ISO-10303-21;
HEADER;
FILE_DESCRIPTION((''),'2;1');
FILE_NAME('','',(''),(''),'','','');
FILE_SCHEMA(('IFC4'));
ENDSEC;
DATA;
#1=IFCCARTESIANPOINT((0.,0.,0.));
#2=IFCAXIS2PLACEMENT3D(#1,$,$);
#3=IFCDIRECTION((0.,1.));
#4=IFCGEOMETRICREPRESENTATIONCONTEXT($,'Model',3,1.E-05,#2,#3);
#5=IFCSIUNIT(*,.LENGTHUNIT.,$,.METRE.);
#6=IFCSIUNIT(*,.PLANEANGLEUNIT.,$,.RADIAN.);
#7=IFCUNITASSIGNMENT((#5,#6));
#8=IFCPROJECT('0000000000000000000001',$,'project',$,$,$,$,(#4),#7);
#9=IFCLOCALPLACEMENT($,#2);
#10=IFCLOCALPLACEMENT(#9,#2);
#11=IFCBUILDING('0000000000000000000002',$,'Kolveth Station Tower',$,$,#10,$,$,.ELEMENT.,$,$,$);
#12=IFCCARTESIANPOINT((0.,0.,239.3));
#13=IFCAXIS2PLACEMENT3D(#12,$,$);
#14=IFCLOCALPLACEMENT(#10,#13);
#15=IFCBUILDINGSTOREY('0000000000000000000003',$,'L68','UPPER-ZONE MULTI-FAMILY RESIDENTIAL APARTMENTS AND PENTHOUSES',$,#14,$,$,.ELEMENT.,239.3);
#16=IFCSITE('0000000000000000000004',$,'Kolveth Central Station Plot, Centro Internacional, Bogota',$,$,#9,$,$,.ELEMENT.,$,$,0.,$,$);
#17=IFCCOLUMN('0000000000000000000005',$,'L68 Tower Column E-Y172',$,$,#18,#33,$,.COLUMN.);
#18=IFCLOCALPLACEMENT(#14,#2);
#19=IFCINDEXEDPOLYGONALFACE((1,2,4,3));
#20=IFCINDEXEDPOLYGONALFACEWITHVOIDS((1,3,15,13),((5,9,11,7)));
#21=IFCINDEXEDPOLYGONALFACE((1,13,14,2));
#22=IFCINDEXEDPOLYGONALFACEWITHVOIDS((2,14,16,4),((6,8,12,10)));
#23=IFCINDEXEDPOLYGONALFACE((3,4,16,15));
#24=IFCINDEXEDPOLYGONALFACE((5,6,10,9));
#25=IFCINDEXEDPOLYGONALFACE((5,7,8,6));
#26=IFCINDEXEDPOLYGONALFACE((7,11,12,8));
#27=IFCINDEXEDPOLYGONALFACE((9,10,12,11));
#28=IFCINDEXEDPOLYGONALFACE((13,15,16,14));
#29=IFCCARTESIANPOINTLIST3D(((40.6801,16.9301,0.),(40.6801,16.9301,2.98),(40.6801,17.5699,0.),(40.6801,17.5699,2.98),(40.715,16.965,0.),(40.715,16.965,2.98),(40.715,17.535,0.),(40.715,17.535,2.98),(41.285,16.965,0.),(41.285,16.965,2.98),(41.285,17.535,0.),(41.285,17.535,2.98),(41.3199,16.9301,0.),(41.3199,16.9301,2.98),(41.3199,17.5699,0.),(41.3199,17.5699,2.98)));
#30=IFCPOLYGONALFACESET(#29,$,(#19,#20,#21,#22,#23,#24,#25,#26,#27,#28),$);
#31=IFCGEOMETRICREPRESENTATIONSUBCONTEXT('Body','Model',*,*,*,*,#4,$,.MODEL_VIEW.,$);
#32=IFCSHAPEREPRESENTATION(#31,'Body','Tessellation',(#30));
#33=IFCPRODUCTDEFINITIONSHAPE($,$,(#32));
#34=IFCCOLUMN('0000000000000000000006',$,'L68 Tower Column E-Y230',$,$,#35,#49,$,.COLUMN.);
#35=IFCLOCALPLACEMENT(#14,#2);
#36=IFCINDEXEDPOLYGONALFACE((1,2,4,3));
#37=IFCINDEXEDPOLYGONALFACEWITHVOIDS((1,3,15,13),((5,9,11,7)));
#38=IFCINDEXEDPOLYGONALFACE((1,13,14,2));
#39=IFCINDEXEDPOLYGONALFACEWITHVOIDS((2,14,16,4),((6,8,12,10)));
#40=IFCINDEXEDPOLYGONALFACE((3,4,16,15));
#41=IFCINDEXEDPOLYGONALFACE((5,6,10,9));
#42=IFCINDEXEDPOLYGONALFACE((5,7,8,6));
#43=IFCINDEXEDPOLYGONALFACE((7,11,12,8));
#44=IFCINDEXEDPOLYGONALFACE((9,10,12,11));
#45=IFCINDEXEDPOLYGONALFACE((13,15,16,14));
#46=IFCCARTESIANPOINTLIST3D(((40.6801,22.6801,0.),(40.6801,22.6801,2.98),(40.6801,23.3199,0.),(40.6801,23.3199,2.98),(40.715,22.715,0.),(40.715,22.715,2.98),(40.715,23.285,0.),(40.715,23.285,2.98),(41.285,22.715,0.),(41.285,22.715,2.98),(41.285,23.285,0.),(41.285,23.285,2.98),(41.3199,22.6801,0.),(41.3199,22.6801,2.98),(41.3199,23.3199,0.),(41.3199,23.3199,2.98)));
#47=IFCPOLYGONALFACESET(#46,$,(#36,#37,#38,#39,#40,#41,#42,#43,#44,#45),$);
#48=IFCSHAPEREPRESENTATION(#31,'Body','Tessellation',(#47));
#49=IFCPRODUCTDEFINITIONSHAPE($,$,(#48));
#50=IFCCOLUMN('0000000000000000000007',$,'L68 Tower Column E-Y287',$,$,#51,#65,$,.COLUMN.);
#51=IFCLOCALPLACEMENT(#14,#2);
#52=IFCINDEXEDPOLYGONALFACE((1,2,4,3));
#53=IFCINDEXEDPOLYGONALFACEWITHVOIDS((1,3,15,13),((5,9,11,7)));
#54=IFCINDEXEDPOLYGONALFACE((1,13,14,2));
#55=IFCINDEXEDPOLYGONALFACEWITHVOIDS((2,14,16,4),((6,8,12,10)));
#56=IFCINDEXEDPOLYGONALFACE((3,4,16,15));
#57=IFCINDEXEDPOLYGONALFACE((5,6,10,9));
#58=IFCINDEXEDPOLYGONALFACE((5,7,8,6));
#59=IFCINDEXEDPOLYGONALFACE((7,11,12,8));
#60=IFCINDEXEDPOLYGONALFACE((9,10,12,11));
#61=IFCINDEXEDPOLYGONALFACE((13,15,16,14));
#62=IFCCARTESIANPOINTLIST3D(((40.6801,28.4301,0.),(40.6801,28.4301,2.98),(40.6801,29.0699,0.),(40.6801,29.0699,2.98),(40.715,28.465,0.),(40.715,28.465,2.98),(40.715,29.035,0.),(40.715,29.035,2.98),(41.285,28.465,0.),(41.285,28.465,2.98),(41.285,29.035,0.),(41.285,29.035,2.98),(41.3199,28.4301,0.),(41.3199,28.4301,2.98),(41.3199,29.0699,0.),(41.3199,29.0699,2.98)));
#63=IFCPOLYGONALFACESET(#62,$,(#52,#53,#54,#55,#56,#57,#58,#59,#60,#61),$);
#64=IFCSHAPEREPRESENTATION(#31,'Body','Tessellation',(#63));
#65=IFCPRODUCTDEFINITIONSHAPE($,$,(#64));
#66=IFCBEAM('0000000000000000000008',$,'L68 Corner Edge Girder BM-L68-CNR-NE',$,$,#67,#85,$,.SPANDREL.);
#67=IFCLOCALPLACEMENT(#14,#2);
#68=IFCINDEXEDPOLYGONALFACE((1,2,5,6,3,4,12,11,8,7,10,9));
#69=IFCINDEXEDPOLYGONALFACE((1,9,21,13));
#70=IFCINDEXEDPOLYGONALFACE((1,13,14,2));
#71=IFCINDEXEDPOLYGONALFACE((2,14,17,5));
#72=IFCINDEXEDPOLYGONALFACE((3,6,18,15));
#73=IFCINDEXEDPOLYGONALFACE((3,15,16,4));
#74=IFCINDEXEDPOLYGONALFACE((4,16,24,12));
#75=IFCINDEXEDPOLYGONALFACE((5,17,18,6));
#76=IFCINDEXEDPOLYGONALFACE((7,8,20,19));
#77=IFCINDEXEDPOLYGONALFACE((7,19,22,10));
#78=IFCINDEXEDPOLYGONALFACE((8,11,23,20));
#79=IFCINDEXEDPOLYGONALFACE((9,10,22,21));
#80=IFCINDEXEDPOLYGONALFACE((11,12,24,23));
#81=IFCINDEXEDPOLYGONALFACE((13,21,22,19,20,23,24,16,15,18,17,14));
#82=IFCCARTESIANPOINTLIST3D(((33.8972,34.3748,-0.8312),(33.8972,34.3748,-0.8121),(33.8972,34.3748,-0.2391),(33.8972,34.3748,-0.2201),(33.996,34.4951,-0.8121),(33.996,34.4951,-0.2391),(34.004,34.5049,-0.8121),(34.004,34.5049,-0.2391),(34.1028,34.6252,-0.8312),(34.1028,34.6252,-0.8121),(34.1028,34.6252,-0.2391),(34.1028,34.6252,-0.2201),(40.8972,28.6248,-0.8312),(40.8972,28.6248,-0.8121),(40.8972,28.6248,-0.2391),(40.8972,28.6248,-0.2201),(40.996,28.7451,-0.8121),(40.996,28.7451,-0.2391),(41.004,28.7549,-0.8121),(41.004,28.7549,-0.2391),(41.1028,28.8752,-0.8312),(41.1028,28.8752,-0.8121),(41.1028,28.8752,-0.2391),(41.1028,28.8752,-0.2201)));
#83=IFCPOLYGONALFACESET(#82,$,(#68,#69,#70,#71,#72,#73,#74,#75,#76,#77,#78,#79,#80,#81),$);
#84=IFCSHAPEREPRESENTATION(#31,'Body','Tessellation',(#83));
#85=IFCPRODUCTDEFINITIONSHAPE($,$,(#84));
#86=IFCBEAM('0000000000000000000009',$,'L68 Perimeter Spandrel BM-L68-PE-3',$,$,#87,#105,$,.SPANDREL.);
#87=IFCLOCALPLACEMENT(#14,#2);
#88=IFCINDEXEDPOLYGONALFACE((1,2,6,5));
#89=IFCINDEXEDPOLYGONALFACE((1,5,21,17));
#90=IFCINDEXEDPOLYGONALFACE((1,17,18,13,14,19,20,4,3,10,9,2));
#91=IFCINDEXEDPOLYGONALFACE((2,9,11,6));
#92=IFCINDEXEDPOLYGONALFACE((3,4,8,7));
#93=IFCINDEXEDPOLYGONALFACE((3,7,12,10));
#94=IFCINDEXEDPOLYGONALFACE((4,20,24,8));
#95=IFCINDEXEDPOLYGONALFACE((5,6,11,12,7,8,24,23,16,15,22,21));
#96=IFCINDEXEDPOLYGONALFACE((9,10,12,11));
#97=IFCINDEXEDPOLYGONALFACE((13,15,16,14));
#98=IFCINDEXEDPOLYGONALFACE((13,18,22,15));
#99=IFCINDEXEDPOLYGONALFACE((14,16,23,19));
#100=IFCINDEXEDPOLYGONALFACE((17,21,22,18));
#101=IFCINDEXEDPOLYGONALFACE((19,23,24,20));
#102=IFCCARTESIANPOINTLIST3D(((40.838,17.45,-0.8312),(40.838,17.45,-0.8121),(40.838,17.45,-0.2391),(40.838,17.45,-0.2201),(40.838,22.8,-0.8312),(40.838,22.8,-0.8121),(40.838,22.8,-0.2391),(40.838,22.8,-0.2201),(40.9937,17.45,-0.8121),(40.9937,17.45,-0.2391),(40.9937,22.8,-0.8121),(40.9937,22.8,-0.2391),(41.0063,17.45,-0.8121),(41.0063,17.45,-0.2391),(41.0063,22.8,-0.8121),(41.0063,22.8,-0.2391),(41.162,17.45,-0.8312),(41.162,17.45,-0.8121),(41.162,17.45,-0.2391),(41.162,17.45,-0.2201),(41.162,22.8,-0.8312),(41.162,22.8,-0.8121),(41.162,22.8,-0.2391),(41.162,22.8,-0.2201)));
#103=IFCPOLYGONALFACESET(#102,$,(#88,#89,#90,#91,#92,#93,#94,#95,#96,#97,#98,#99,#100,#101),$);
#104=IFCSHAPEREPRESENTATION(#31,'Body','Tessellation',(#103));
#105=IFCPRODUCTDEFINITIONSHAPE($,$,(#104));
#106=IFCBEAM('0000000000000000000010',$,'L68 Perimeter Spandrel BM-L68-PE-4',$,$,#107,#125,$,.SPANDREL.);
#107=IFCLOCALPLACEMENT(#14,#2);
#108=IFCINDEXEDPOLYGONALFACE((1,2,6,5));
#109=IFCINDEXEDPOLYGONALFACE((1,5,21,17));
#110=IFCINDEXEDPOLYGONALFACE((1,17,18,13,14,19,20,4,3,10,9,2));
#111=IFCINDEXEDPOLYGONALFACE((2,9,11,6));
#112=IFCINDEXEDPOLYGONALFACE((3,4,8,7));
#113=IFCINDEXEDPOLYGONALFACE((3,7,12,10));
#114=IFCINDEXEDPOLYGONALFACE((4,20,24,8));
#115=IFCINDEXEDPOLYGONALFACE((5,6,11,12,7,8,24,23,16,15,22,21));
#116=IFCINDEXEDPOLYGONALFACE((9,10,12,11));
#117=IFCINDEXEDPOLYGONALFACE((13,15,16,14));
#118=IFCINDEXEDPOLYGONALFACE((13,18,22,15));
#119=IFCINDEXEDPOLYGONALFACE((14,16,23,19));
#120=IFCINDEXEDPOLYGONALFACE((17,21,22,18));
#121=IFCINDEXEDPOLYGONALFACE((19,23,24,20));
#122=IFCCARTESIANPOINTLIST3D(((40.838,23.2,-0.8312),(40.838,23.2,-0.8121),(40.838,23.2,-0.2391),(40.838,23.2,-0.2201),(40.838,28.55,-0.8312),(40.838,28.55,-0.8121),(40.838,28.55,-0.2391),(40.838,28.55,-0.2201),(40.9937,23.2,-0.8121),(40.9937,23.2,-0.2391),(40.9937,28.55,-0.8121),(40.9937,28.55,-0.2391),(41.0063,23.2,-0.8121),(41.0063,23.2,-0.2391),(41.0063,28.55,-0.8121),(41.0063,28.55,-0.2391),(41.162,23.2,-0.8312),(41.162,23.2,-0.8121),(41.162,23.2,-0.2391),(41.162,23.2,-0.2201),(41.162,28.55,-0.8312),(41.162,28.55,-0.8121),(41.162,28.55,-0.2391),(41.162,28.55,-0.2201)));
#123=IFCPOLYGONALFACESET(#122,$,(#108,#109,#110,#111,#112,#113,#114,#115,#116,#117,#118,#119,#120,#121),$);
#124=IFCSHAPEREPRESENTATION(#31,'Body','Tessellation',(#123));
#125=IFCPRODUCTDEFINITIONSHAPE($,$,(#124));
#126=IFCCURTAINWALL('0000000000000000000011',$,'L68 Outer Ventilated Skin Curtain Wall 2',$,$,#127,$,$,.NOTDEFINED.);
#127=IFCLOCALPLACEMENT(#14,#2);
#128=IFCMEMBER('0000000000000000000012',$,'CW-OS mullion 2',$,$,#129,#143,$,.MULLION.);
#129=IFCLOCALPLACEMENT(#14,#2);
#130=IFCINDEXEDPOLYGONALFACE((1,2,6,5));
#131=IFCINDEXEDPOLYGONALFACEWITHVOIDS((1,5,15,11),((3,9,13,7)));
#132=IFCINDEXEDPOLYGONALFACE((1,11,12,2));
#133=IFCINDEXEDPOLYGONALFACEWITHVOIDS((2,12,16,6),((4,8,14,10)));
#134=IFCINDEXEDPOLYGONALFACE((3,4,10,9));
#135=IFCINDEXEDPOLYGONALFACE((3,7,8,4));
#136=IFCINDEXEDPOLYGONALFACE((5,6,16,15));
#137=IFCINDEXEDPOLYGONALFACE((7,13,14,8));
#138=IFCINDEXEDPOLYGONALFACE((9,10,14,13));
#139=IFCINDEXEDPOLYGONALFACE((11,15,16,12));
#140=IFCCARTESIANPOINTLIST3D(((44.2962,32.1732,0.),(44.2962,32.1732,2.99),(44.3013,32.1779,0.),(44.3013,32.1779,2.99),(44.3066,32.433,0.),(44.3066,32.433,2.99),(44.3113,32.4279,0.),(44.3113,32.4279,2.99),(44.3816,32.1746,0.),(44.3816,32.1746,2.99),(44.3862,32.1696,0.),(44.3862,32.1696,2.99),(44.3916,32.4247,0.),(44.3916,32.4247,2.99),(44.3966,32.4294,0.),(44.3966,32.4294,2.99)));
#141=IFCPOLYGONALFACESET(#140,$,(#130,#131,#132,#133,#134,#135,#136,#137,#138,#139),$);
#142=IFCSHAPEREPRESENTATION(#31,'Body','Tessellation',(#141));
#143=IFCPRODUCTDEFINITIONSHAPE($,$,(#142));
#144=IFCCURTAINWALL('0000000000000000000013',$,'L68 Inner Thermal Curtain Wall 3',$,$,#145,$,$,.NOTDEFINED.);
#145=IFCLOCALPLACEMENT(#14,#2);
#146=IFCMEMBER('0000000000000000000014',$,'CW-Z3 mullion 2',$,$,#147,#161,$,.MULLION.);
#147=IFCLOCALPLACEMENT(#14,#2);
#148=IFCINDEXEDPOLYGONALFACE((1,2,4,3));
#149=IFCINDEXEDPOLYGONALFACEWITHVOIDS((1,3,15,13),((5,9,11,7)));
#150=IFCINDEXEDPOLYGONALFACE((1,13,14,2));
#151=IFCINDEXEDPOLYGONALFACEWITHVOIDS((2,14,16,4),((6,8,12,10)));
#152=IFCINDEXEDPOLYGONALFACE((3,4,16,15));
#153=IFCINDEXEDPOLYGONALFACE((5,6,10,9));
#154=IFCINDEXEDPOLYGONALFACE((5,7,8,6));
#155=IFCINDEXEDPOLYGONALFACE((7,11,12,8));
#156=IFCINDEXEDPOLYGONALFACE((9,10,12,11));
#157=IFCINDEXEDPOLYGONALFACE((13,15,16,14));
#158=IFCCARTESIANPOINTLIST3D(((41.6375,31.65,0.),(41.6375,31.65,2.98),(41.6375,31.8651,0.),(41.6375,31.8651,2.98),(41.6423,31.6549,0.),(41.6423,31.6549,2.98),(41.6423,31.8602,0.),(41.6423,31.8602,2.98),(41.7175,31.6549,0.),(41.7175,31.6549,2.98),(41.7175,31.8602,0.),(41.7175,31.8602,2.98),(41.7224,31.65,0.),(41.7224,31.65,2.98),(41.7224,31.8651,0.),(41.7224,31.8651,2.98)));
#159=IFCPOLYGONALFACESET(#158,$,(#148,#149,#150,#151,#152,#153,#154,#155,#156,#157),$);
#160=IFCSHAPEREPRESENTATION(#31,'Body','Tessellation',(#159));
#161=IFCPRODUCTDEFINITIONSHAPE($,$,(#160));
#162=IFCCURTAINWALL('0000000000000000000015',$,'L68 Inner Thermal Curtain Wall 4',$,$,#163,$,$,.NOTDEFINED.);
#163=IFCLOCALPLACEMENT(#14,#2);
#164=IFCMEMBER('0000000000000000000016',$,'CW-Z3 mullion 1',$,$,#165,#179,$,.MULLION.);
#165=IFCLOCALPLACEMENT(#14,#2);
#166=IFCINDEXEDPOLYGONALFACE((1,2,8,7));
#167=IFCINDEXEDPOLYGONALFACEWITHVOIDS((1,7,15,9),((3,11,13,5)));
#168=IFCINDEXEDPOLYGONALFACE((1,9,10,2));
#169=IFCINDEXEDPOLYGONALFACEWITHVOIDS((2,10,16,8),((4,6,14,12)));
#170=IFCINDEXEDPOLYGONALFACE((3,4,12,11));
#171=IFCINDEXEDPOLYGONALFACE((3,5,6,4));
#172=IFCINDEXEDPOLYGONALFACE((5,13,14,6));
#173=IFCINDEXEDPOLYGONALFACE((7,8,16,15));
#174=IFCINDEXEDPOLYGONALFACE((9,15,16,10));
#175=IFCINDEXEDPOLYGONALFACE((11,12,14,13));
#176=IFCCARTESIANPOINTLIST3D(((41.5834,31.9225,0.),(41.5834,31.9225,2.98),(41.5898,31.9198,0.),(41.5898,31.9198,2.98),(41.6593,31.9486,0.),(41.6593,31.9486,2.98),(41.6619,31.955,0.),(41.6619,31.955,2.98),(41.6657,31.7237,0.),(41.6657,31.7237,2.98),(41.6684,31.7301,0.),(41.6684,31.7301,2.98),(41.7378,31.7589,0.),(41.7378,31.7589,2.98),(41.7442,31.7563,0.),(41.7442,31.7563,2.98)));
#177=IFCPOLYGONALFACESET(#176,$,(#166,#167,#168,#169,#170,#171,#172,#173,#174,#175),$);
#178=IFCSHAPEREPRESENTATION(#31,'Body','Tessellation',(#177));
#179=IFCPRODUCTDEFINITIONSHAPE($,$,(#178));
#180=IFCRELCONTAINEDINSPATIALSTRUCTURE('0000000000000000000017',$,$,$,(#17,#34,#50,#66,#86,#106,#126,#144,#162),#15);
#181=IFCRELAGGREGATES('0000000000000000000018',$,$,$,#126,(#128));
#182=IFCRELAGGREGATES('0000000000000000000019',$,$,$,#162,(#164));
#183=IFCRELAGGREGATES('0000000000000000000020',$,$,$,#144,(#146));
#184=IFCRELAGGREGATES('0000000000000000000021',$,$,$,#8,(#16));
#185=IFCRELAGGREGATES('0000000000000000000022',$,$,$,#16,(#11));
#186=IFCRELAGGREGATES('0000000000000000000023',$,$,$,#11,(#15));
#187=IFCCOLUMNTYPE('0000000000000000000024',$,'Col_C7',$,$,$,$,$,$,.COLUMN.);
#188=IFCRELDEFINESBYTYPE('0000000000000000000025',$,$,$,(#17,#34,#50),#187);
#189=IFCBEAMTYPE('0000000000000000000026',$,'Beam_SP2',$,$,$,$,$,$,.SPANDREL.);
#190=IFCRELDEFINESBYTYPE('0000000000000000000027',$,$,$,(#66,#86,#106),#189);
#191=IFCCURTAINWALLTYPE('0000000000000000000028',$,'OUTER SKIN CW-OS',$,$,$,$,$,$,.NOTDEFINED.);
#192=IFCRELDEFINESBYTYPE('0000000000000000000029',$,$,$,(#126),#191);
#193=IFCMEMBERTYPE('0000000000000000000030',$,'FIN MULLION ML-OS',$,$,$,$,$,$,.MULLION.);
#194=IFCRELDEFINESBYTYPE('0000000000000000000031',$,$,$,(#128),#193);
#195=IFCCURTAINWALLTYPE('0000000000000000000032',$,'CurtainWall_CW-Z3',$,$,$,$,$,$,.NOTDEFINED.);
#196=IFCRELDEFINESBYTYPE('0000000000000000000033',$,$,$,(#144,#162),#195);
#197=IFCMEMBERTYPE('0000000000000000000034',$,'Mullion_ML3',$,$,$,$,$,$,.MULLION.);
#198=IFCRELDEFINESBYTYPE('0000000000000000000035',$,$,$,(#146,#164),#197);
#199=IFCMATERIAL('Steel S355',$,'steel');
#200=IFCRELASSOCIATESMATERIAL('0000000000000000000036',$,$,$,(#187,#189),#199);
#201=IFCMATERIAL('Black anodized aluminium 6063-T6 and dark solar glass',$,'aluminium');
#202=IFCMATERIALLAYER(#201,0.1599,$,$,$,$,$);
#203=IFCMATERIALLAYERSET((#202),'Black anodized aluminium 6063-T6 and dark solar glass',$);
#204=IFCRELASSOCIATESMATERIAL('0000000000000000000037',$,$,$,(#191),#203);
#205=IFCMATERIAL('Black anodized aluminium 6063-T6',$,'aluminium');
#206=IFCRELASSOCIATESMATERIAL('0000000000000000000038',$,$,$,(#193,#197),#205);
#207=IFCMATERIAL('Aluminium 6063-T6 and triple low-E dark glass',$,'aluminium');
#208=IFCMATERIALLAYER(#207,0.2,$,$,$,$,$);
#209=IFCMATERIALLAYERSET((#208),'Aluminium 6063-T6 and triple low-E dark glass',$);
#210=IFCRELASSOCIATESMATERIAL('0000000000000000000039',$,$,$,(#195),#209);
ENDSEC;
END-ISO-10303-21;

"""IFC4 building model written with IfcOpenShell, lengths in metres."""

from ifc_helpers import new_model, si_unit, direction, frame, origin, origin_2d, place, context, subcontext, project, spatial, hollow_rectangle, i_section, extrude, source, transform, mapped, material, layer, layer_set, material_profile, profile_set, type_object, element, aggregate, save


model = new_model("IFC4")

# Units and contexts
model_context = context("Model", 3, precision=1e-05, world=origin(), true_north=direction((0.0, 1.0)))
body_context = subcontext(model_context, "Body", "Model", "MODEL_VIEW")
ifc_project = project(units=[si_unit("LENGTHUNIT", "METRE"), si_unit("PLANEANGLEUNIT", "RADIAN")], contexts=[model_context])

# Site, building, storey
site_placement = place(None, origin())
site = spatial("IfcSite", under=ifc_project, at=site_placement, Name="Kolveth Central Station Plot, Centro Internacional, Bogota", CompositionType="ELEMENT", RefElevation=0.0)
building_placement = place(site_placement, origin())
building = spatial("IfcBuilding", under=site, at=building_placement, Name="Kolveth Station Tower", CompositionType="ELEMENT")
storey_placement = place(building_placement, frame((0.0, 0.0, 239.3)))
storey = spatial("IfcBuildingStorey", under=building, at=storey_placement, Name="L68", Description="UPPER-ZONE MULTI-FAMILY RESIDENTIAL APARTMENTS AND PENTHOUSES", CompositionType="ELEMENT", Elevation=239.3)

# Columns
ifc_material_1 = material(Name="Steel S355", Category="steel")
ifc_material_profile_1 = material_profile(ifc_material_1, hollow_rectangle(XDim=0.6399, YDim=0.6399, WallThickness=0.0349, at=origin_2d()), Name="BOX640x640x35")
ifc_profile_set_1 = profile_set([ifc_material_profile_1], Name="Steel S355")
column_type = type_object("IfcColumnType", Name="Col_C7", PredefinedType="COLUMN", material=ifc_profile_set_1)
shared_shape_1 = source(origin(), body_context, "Body", "SweptSolid", [
    extrude(hollow_rectangle(XDim=0.6399, YDim=0.6399, WallThickness=0.0349, at=origin_2d()), origin(), (0.0, 0.0, 1.0), 2.98),
])
for number, where, z_axis, x_axis, name in (
    (1, (41.0, 17.25, 0.0), (0.0, 0.0, 1.0), (1.0, 0.0, 0.0), "L68 Tower Column E-Y172"),
    (2, (41.0, 23.0, 0.0), (0.0, 0.0, 1.0), (1.0, 0.0, 0.0), "L68 Tower Column E-Y230"),
    (3, (41.0, 28.75, 0.0), (0.0, 0.0, 1.0), (1.0, 0.0, 0.0), "L68 Tower Column E-Y287"),
):
    element("IfcColumn", number, at=place(storey_placement, frame(where, z_axis=z_axis, x_axis=x_axis)), inside=storey, type_object=column_type, Name=name, PredefinedType="COLUMN", context=body_context, shape_type="MappedRepresentation", body=[
        mapped(shared_shape_1, transform((0.0, 0.0, 0.0), x_axis=(1.0, 0.0, 0.0), y_axis=(0.0, 1.0, 0.0), z_axis=(0.0, 0.0, 1.0), scale=1.0)),
    ])

# Beams
ifc_material_profile_2 = material_profile(ifc_material_1, i_section(OverallWidth=0.324, OverallDepth=0.6111, WebThickness=0.0127, FlangeThickness=0.019, at=origin_2d()), Name="W610x155")
ifc_profile_set_2 = profile_set([ifc_material_profile_2], Name="Steel S355")
beam_type = type_object("IfcBeamType", Name="Beam_SP2", PredefinedType="SPANDREL", material=ifc_profile_set_2)
shared_shape_2 = source(origin(), body_context, "Body", "SweptSolid", [
    extrude(i_section(OverallWidth=0.324, OverallDepth=0.6111, WebThickness=0.0127, FlangeThickness=0.019, at=origin_2d()), origin(), (0.0, 0.0, 1.0), 9.0588),
])
beam_placement = place(storey_placement, frame((41.0, 28.75, -0.5256), z_axis=(-0.772726, 0.634739, 0.0), x_axis=(-0.634739, -0.772726, 0.0)))
element("IfcBeam", 4, at=beam_placement, inside=storey, type_object=beam_type, Name="L68 Corner Edge Girder BM-L68-CNR-NE", PredefinedType="SPANDREL", context=body_context, shape_type="MappedRepresentation", body=[
    mapped(shared_shape_2, transform((0.0, 0.0, 0.0), x_axis=(1.0, 0.0, 0.0), y_axis=(0.0, 1.0, 0.0), z_axis=(0.0, 0.0, 1.0), scale=1.0)),
])
shared_shape_3 = source(origin(), body_context, "Body", "SweptSolid", [
    extrude(i_section(OverallWidth=0.324, OverallDepth=0.6111, WebThickness=0.0127, FlangeThickness=0.019, at=origin_2d()), origin(), (0.0, 0.0, 1.0), 5.3501),
])
for number, where, z_axis, x_axis, name in (
    (5, (41.0, 17.45, -0.5256), (0.0, 1.0, 0.0), (-1.0, 0.0, 0.0), "L68 Perimeter Spandrel BM-L68-PE-3"),
    (6, (41.0, 23.2, -0.5256), (0.0, 1.0, 0.0), (-1.0, 0.0, 0.0), "L68 Perimeter Spandrel BM-L68-PE-4"),
):
    element("IfcBeam", number, at=place(storey_placement, frame(where, z_axis=z_axis, x_axis=x_axis)), inside=storey, type_object=beam_type, Name=name, PredefinedType="SPANDREL", context=body_context, shape_type="MappedRepresentation", body=[
        mapped(shared_shape_3, transform((0.0, 0.0, 0.0), x_axis=(1.0, 0.0, 0.0), y_axis=(0.0, 1.0, 0.0), z_axis=(0.0, 0.0, 1.0), scale=1.0)),
    ])

# Curtain walls, members
ifc_material_2 = material(Name="Black anodized aluminium 6063-T6 and dark solar glass", Category="aluminium")
ifc_layer_1 = layer(ifc_material_2, 0.1599)
ifc_layer_set_1 = layer_set([ifc_layer_1], Name="Black anodized aluminium 6063-T6 and dark solar glass")
curtain_wall_type_1 = type_object("IfcCurtainWallType", Name="OUTER SKIN CW-OS", PredefinedType="NOTDEFINED", material=ifc_layer_set_1)
curtain_wall_1_placement = place(storey_placement, origin())
curtain_wall_1 = element("IfcCurtainWall", 7, at=curtain_wall_1_placement, inside=storey, type_object=curtain_wall_type_1, Name="L68 Outer Ventilated Skin Curtain Wall 2", PredefinedType="NOTDEFINED")
ifc_material_3 = material(Name="Black anodized aluminium 6063-T6", Category="aluminium")
ifc_material_profile_3 = material_profile(ifc_material_3, hollow_rectangle(XDim=0.0901, YDim=0.26, WallThickness=0.0049, at=origin_2d()), Name="ALU-90x260x5")
ifc_profile_set_3 = profile_set([ifc_material_profile_3], Name="Black anodized aluminium 6063-T6")
member_type_1 = type_object("IfcMemberType", Name="FIN MULLION ML-OS", PredefinedType="MULLION", material=ifc_profile_set_3)
shared_shape_4 = source(origin(), body_context, "Body", "SweptSolid", [
    extrude(hollow_rectangle(XDim=0.0901, YDim=0.26, WallThickness=0.0049, at=origin_2d()), origin(), (0.0, 0.0, 1.0), 2.99),
])
member_1_placement = place(storey_placement, frame((44.3464, 32.3013, 0.0), z_axis=(0.0, 0.0, 1.0), x_axis=(-0.9992, 0.039987, 0.0)))
member_1 = element("IfcMember", 8, at=member_1_placement, type_object=member_type_1, Name="CW-OS mullion 2", PredefinedType="MULLION", context=body_context, shape_type="MappedRepresentation", body=[
    mapped(shared_shape_4, transform((0.0, 0.0, 0.0), x_axis=(1.0, 0.0, 0.0), y_axis=(0.0, 1.0, 0.0), z_axis=(0.0, 0.0, 1.0), scale=1.0)),
])
aggregate(curtain_wall_1, [member_1])
ifc_material_4 = material(Name="Aluminium 6063-T6 and triple low-E dark glass", Category="aluminium")
ifc_layer_2 = layer(ifc_material_4, 0.2)
ifc_layer_set_2 = layer_set([ifc_layer_2], Name="Aluminium 6063-T6 and triple low-E dark glass")
curtain_wall_type_2 = type_object("IfcCurtainWallType", Name="CurtainWall_CW-Z3", PredefinedType="NOTDEFINED", material=ifc_layer_set_2)
curtain_wall_2_placement = place(storey_placement, origin())
curtain_wall_2 = element("IfcCurtainWall", 9, at=curtain_wall_2_placement, inside=storey, type_object=curtain_wall_type_2, Name="L68 Inner Thermal Curtain Wall 3", PredefinedType="NOTDEFINED")
ifc_material_profile_4 = material_profile(ifc_material_3, hollow_rectangle(XDim=0.085, YDim=0.2151, WallThickness=0.0049, at=origin_2d()), Name="ALU-85x215x5")
ifc_profile_set_4 = profile_set([ifc_material_profile_4], Name="Black anodized aluminium 6063-T6")
member_type_2 = type_object("IfcMemberType", Name="Mullion_ML3", PredefinedType="MULLION", material=ifc_profile_set_4)
shared_shape_5 = source(origin(), body_context, "Body", "SweptSolid", [
    extrude(hollow_rectangle(XDim=0.085, YDim=0.2151, WallThickness=0.0049, at=origin_2d()), origin(), (0.0, 0.0, 1.0), 2.98),
])
member_2_placement = place(storey_placement, frame((41.6799, 31.7576, 0.0), z_axis=(0.0, 0.0, 1.0), x_axis=(-1.0, 0.0, 0.0)))
member_2 = element("IfcMember", 10, at=member_2_placement, type_object=member_type_2, Name="CW-Z3 mullion 2", PredefinedType="MULLION", context=body_context, shape_type="MappedRepresentation", body=[
    mapped(shared_shape_5, transform((0.0, 0.0, 0.0), x_axis=(1.0, 0.0, 0.0), y_axis=(0.0, 1.0, 0.0), z_axis=(0.0, 0.0, 1.0), scale=1.0)),
])

# Curtain wall, member
curtain_wall_3_placement = place(storey_placement, origin())
curtain_wall_3 = element("IfcCurtainWall", 11, at=curtain_wall_3_placement, inside=storey, type_object=curtain_wall_type_2, Name="L68 Inner Thermal Curtain Wall 4", PredefinedType="NOTDEFINED")
member_3_placement = place(storey_placement, frame((41.6638, 31.8394, 0.0), z_axis=(0.0, 0.0, 1.0), x_axis=(-0.923875, -0.382693, 0.0)))
member_3 = element("IfcMember", 12, at=member_3_placement, type_object=member_type_2, Name="CW-Z3 mullion 1", PredefinedType="MULLION", context=body_context, shape_type="MappedRepresentation", body=[
    mapped(shared_shape_5, transform((0.0, 0.0, 0.0), x_axis=(1.0, 0.0, 0.0), y_axis=(0.0, 1.0, 0.0), z_axis=(0.0, 0.0, 1.0), scale=1.0)),
])
aggregate(curtain_wall_3, [member_3])

aggregate(curtain_wall_2, [member_2])

save(model, "model.ifc")
